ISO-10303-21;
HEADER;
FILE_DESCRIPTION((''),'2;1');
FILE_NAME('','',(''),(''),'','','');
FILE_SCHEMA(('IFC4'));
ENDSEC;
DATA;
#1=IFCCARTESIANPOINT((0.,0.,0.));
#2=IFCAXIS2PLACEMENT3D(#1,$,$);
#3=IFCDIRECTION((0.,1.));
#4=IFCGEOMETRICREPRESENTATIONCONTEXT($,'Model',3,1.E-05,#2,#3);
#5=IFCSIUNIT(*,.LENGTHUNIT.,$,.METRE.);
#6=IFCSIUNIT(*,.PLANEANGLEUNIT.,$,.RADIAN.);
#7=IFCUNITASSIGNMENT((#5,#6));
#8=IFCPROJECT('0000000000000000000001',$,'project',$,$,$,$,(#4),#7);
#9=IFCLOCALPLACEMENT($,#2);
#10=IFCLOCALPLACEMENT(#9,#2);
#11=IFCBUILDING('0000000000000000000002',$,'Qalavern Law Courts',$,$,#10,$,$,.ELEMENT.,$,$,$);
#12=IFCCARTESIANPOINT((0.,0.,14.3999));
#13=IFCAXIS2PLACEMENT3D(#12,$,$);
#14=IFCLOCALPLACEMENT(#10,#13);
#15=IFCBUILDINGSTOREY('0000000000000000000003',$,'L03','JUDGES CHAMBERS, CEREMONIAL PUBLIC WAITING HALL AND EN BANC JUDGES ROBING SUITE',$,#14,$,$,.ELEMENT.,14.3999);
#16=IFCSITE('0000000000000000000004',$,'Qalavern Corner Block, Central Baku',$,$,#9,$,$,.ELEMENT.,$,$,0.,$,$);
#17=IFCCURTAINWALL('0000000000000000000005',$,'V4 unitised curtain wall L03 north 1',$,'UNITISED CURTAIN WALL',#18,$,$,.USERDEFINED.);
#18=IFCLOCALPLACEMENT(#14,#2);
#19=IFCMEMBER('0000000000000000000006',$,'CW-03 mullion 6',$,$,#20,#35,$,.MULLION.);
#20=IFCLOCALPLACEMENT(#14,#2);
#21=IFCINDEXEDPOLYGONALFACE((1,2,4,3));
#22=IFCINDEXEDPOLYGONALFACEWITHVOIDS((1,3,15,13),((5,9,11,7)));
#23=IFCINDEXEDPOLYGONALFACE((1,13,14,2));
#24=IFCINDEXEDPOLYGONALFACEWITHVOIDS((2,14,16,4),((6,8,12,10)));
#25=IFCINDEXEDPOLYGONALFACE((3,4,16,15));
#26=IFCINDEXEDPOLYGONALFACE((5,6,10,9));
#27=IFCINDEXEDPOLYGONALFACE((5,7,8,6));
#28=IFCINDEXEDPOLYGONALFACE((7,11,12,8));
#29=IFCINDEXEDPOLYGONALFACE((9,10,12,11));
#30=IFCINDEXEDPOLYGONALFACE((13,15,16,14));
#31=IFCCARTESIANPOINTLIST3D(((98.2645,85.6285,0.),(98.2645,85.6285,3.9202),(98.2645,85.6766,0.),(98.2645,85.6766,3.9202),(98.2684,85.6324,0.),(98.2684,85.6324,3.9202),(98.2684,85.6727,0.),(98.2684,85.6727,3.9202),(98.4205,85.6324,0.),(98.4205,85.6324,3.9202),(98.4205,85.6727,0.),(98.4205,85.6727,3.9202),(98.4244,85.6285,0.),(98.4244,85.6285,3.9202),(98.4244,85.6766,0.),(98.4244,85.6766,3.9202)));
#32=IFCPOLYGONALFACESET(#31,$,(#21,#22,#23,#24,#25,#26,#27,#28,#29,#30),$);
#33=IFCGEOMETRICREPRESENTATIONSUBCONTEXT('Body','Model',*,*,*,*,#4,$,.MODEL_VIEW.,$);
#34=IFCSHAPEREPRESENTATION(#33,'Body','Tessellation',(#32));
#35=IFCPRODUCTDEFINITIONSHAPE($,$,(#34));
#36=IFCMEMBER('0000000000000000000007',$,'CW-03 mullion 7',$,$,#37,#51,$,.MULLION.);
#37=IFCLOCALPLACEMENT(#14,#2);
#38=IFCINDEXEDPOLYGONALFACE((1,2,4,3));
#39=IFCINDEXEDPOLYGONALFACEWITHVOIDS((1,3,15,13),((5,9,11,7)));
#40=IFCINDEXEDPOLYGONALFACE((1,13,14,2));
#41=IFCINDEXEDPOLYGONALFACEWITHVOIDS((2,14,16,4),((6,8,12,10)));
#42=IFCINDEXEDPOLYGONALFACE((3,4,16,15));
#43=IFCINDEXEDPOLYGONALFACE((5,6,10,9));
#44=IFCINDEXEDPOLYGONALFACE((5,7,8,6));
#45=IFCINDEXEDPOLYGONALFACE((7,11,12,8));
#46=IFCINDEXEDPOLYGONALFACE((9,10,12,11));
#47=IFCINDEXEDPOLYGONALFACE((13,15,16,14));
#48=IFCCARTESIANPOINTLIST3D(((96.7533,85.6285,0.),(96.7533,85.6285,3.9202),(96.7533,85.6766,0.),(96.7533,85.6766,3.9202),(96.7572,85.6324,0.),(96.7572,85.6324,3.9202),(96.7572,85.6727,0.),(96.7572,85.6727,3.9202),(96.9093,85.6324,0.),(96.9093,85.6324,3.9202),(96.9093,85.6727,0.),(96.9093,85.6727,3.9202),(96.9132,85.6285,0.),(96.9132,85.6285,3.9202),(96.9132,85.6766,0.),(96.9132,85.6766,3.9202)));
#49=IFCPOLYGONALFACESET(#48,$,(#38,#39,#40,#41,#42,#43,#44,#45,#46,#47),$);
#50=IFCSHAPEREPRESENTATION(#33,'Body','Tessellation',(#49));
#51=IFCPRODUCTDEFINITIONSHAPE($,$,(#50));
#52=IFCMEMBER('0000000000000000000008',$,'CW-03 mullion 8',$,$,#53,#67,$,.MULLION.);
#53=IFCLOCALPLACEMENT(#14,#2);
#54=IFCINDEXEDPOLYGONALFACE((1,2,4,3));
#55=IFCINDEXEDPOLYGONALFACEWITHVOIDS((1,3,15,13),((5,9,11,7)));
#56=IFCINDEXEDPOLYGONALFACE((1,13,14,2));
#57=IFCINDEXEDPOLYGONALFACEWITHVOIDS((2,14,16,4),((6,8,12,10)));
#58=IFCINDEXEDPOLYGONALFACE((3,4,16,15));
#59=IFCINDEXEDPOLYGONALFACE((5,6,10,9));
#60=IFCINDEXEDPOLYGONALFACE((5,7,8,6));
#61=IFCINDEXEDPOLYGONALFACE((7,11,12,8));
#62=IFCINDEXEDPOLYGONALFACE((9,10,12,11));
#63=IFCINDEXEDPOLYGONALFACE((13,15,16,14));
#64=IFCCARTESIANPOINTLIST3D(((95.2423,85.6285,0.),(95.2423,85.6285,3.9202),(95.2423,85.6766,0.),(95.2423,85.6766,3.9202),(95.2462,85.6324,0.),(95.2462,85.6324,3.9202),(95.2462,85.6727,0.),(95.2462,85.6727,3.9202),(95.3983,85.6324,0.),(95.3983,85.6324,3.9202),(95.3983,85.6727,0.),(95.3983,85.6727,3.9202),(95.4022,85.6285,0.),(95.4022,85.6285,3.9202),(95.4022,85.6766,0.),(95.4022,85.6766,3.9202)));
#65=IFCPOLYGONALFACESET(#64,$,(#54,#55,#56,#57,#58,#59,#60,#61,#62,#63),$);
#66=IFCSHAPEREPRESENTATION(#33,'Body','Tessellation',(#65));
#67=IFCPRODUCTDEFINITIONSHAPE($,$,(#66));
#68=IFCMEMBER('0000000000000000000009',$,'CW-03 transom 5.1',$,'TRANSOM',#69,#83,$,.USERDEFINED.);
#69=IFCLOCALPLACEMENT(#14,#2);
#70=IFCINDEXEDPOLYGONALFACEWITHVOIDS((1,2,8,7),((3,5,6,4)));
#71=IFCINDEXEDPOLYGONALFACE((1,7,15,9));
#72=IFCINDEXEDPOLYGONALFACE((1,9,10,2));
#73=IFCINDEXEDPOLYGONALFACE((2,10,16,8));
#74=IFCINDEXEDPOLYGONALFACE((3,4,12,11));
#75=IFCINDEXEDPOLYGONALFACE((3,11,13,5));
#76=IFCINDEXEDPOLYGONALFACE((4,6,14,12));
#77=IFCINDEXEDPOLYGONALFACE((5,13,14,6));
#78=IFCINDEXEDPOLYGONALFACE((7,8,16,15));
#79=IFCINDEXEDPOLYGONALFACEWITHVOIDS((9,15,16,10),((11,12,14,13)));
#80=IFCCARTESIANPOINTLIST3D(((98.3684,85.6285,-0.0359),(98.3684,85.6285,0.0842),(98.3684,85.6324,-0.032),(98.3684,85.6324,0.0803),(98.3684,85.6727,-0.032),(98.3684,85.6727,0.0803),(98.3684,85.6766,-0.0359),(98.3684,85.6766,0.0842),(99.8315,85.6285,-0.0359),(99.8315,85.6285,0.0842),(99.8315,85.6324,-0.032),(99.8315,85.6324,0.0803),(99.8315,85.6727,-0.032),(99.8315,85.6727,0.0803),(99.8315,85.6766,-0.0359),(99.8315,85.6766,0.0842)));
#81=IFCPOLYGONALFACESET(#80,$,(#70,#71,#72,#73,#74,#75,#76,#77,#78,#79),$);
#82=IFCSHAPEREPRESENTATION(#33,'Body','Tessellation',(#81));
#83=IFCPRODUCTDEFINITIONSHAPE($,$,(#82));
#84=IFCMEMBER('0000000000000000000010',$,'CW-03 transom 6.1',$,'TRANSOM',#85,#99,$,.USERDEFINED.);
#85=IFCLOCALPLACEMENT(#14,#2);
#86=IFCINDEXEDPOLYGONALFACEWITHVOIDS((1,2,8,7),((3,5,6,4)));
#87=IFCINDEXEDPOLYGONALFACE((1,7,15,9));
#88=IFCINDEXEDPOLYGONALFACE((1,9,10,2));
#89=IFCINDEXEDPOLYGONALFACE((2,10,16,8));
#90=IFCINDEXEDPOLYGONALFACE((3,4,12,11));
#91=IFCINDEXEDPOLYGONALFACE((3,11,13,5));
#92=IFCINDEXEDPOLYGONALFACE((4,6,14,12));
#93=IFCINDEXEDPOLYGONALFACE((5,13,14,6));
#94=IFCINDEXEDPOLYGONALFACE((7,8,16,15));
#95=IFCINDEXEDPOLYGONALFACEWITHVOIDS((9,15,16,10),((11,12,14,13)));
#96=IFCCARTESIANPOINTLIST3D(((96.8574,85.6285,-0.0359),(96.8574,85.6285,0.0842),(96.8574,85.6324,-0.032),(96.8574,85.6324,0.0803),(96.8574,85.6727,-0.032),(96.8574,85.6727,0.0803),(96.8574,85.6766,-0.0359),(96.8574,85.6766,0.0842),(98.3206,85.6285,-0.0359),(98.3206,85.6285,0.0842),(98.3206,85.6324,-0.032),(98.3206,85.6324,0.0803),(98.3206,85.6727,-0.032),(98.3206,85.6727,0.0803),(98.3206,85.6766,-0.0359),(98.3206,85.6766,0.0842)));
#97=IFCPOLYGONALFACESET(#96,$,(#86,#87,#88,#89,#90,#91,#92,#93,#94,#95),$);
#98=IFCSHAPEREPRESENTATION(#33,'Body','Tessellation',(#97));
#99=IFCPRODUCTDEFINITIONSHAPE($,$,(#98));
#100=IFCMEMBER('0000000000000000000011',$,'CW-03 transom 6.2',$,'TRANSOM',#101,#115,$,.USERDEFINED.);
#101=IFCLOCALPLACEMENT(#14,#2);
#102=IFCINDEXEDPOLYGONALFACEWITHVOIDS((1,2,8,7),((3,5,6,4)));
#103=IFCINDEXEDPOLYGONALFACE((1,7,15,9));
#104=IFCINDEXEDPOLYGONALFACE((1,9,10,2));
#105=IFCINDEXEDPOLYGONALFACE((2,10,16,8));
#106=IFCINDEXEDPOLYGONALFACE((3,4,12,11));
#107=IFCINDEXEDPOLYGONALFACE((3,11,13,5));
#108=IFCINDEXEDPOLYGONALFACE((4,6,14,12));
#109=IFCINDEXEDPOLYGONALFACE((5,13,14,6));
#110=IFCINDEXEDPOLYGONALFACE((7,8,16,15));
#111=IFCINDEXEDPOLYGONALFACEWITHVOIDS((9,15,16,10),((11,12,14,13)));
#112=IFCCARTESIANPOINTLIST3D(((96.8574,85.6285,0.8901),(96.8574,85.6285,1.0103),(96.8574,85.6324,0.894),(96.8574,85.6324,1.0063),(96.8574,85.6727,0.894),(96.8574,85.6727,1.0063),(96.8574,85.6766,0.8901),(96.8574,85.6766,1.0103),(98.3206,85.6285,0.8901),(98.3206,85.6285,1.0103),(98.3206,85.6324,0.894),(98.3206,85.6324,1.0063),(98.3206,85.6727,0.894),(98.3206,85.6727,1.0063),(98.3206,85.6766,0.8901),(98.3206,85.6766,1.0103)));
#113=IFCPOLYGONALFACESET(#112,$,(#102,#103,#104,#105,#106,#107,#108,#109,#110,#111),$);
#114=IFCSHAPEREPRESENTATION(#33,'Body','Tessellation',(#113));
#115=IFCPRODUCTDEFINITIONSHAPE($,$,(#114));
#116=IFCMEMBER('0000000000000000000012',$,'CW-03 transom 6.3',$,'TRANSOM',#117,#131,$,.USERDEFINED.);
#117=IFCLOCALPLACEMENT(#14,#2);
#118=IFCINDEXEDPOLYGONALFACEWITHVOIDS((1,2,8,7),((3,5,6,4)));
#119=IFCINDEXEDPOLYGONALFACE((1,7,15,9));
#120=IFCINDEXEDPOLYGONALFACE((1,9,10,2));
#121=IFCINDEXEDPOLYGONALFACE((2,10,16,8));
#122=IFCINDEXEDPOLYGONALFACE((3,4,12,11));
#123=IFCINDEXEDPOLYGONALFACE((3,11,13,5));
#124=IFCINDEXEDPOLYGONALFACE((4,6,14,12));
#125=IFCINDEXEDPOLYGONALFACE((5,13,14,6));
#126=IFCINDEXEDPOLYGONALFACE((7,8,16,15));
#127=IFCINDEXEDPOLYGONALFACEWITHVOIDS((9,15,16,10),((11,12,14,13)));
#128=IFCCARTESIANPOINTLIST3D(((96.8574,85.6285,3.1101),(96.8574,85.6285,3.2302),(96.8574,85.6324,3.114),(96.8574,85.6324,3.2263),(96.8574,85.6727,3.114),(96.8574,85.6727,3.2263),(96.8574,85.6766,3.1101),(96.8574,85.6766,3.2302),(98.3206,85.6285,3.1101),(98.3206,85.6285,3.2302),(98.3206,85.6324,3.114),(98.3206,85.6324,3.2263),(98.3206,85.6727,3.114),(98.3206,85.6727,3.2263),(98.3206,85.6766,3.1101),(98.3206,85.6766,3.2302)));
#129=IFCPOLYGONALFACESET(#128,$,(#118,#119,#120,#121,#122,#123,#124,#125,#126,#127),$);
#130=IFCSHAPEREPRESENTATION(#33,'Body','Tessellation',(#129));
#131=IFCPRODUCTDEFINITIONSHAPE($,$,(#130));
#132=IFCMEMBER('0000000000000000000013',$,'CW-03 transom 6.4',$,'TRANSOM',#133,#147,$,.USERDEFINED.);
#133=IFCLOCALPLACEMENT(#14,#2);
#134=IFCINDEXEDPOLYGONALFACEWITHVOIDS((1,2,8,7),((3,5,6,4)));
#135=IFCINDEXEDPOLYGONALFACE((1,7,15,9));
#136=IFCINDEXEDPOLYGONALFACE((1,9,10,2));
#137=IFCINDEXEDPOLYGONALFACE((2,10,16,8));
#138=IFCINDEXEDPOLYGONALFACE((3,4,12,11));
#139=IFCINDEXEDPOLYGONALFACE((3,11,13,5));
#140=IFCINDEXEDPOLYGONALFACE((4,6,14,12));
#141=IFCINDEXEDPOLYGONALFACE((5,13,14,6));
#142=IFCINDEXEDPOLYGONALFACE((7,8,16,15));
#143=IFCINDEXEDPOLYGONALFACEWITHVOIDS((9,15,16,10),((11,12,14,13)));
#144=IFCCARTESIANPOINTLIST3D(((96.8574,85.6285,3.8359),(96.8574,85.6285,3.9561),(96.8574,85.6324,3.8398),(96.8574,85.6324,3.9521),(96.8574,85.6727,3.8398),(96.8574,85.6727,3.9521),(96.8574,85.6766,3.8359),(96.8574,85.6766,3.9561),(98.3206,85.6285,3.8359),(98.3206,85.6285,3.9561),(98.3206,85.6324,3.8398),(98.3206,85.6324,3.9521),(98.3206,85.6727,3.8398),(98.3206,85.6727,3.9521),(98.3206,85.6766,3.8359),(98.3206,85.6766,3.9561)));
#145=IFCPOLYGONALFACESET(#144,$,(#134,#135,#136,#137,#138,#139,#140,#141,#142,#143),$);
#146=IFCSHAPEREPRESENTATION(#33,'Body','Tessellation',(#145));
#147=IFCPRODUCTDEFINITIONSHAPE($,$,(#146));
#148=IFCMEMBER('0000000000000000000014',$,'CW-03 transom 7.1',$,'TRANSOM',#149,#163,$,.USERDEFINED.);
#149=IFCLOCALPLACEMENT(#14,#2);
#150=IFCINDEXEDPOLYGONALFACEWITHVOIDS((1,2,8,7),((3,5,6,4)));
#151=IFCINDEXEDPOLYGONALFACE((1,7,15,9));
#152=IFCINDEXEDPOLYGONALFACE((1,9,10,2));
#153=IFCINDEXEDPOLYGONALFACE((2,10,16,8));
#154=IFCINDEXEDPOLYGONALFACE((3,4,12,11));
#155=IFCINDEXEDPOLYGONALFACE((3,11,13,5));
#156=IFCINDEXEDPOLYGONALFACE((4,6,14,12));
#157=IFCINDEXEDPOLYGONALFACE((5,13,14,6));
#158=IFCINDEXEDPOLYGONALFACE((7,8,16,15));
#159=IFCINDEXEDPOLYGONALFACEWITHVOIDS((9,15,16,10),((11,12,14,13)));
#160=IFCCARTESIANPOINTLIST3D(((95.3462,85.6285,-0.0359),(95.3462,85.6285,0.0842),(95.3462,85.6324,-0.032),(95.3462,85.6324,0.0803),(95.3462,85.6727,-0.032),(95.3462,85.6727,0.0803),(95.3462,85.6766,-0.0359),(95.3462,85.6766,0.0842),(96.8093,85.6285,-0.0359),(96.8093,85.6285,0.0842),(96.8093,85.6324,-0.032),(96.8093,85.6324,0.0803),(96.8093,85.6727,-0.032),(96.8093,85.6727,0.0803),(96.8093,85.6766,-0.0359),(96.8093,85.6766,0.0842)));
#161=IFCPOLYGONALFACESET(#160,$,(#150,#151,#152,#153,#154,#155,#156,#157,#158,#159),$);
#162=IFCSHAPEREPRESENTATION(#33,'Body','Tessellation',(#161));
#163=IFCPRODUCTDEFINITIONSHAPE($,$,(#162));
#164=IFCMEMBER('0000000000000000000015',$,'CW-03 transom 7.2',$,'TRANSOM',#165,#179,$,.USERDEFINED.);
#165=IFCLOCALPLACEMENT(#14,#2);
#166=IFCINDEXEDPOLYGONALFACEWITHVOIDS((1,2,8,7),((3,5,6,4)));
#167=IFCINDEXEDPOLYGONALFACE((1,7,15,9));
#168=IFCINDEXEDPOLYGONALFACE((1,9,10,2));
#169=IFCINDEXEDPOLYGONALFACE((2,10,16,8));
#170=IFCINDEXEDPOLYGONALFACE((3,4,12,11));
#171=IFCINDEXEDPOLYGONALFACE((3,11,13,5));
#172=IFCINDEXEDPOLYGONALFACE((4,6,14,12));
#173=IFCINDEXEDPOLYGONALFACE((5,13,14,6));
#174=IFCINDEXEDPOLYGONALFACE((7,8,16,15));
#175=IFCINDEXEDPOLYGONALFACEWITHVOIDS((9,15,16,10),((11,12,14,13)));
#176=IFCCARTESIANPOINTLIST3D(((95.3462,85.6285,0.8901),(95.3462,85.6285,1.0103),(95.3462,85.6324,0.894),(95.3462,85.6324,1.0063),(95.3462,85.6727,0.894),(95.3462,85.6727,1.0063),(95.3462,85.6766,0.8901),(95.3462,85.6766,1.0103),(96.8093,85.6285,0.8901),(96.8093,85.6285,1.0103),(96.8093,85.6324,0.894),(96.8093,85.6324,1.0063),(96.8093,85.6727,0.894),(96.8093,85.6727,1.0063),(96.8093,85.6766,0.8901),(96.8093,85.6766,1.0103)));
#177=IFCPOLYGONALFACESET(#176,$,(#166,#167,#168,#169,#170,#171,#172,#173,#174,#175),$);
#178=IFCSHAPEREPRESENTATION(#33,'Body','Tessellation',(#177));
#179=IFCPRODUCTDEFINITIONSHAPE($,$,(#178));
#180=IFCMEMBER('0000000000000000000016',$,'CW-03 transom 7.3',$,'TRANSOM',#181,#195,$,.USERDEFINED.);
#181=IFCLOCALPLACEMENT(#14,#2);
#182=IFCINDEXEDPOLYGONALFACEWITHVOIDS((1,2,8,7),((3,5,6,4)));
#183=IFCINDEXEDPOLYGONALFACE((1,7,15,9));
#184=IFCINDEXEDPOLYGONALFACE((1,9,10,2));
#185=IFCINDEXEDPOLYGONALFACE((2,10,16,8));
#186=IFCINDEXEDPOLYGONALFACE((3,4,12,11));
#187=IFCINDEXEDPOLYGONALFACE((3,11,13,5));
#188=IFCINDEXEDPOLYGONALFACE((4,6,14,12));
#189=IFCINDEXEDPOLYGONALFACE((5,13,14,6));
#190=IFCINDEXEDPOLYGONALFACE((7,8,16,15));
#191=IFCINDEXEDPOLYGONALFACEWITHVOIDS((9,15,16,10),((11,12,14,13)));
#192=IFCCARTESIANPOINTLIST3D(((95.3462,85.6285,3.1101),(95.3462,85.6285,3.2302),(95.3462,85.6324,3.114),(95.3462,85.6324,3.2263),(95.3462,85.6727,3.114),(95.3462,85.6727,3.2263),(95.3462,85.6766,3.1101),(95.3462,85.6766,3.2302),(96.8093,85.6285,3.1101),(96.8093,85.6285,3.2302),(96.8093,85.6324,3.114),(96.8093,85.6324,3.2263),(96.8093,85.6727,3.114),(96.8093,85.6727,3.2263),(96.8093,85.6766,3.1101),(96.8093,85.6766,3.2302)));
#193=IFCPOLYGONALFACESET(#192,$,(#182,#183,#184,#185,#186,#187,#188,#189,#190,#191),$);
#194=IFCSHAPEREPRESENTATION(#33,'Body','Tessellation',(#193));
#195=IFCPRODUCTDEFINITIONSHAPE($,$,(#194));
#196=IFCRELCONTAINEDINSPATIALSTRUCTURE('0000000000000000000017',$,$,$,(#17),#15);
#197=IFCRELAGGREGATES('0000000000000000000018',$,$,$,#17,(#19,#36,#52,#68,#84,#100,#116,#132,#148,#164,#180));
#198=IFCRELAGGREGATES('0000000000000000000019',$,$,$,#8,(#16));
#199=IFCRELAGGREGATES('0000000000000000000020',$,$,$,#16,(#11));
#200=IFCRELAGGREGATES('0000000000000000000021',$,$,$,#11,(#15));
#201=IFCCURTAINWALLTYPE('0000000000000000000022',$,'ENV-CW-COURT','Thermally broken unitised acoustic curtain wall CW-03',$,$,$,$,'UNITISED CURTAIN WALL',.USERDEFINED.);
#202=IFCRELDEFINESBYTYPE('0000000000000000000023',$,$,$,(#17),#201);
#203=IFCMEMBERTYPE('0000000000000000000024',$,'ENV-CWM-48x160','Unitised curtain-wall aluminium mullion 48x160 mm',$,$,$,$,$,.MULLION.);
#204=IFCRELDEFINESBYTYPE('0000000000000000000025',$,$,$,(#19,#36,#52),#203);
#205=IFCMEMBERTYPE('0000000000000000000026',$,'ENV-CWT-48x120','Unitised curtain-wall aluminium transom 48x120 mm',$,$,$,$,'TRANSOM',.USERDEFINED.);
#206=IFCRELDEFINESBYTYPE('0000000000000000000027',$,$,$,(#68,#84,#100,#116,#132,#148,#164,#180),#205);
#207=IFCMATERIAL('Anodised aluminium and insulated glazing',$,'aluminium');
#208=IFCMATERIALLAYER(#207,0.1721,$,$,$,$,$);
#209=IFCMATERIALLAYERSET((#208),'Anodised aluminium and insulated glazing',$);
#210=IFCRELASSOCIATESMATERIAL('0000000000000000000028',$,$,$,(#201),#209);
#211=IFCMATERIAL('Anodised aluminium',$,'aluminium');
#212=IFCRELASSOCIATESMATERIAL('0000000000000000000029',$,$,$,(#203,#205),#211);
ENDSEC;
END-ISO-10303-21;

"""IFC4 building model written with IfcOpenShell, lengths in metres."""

from ifc_helpers import new_model, si_unit, direction, frame, origin, origin_2d, place, context, subcontext, project, spatial, hollow_rectangle, extrude, material, layer, layer_set, material_profile, profile_set, type_object, element, aggregate, save


model = new_model("IFC4")

# Units and contexts
model_context = context("Model", 3, precision=1e-05, world=origin(), true_north=direction((0.0, 1.0)))
body_context = subcontext(model_context, "Body", "Model", "MODEL_VIEW")
ifc_project = project(units=[si_unit("LENGTHUNIT", "METRE"), si_unit("PLANEANGLEUNIT", "RADIAN")], contexts=[model_context])

# Site, building, storey
site_placement = place(None, origin())
site = spatial("IfcSite", under=ifc_project, at=site_placement, Name="Qalavern Corner Block, Central Baku", CompositionType="ELEMENT", RefElevation=0.0)
building_placement = place(site_placement, origin())
building = spatial("IfcBuilding", under=site, at=building_placement, Name="Qalavern Law Courts", CompositionType="ELEMENT")
storey_placement = place(building_placement, frame((0.0, 0.0, 14.3999)))
storey = spatial("IfcBuildingStorey", under=building, at=storey_placement, Name="L03", Description="JUDGES CHAMBERS, CEREMONIAL PUBLIC WAITING HALL AND EN BANC JUDGES ROBING SUITE", CompositionType="ELEMENT", Elevation=14.3999)

# Curtain wall, members
ifc_material_1 = material(Name="Anodised aluminium and insulated glazing", Category="aluminium")
ifc_layer_1 = layer(ifc_material_1, 0.1721)
ifc_layer_set_1 = layer_set([ifc_layer_1], Name="Anodised aluminium and insulated glazing")
curtain_wall_type = type_object("IfcCurtainWallType", Name="ENV-CW-COURT", Description="Thermally broken unitised acoustic curtain wall CW-03", ElementType="UNITISED CURTAIN WALL", PredefinedType="USERDEFINED", material=ifc_layer_set_1)
curtain_wall_placement = place(storey_placement, origin())
curtain_wall = element("IfcCurtainWall", 1, at=curtain_wall_placement, inside=storey, type_object=curtain_wall_type, Name="V4 unitised curtain wall L03 north 1", ObjectType="UNITISED CURTAIN WALL", PredefinedType="USERDEFINED")
ifc_material_2 = material(Name="Anodised aluminium", Category="aluminium")
ifc_material_profile_1 = material_profile(ifc_material_2, hollow_rectangle(XDim=0.0481, YDim=0.1599, WallThickness=0.0039, at=origin_2d()), Name="ALU MULLION 48x160")
ifc_profile_set_1 = profile_set([ifc_material_profile_1], Name="Anodised aluminium")
member_type_1 = type_object("IfcMemberType", Name="ENV-CWM-48x160", Description="Unitised curtain-wall aluminium mullion 48x160 mm", PredefinedType="MULLION", material=ifc_profile_set_1)
member_1_placement = place(storey_placement, frame((98.3445, 85.6526, 0.0), z_axis=(0.0, 0.0, 1.0), x_axis=(0.0, -1.0, 0.0)))
member_1 = element("IfcMember", 2, at=member_1_placement, type_object=member_type_1, Name="CW-03 mullion 6", PredefinedType="MULLION", context=body_context, shape_type="SweptSolid", body=[
    extrude(hollow_rectangle(XDim=0.0481, YDim=0.1599, WallThickness=0.0039, at=origin_2d()), origin(), (0.0, 0.0, 1.0), 3.9202),
])
member_2_placement = place(storey_placement, frame((96.8333, 85.6526, 0.0), z_axis=(0.0, 0.0, 1.0), x_axis=(0.0, -1.0, 0.0)))
member_2 = element("IfcMember", 3, at=member_2_placement, type_object=member_type_1, Name="CW-03 mullion 7", PredefinedType="MULLION", context=body_context, shape_type="SweptSolid", body=[
    extrude(hollow_rectangle(XDim=0.0481, YDim=0.1599, WallThickness=0.0039, at=origin_2d()), origin(), (0.0, 0.0, 1.0), 3.9202),
])
member_3_placement = place(storey_placement, frame((95.3223, 85.6526, 0.0), z_axis=(0.0, 0.0, 1.0), x_axis=(0.0, -1.0, 0.0)))
member_3 = element("IfcMember", 4, at=member_3_placement, type_object=member_type_1, Name="CW-03 mullion 8", PredefinedType="MULLION", context=body_context, shape_type="SweptSolid", body=[
    extrude(hollow_rectangle(XDim=0.0481, YDim=0.1599, WallThickness=0.0039, at=origin_2d()), origin(), (0.0, 0.0, 1.0), 3.9202),
])
ifc_material_profile_2 = material_profile(ifc_material_2, hollow_rectangle(XDim=0.0481, YDim=0.1201, WallThickness=0.0039, at=origin_2d()), Name="ALU TRANSOM 48x120")
ifc_profile_set_2 = profile_set([ifc_material_profile_2], Name="Anodised aluminium")
member_type_2 = type_object("IfcMemberType", Name="ENV-CWT-48x120", Description="Unitised curtain-wall aluminium transom 48x120 mm", ElementType="TRANSOM", PredefinedType="USERDEFINED", material=ifc_profile_set_2)
member_4_placement = place(storey_placement, frame((99.8315, 85.6526, 0.0242), z_axis=(-1.0, 0.0, 0.0), x_axis=(0.0, -1.0, 0.0)))
member_4 = element("IfcMember", 5, at=member_4_placement, type_object=member_type_2, Name="CW-03 transom 5.1", ObjectType="TRANSOM", PredefinedType="USERDEFINED", context=body_context, shape_type="SweptSolid", body=[
    extrude(hollow_rectangle(XDim=0.0481, YDim=0.1201, WallThickness=0.0039, at=origin_2d()), origin(), (0.0, 0.0, 1.0), 1.4631),
])
member_5_placement = place(storey_placement, frame((98.3206, 85.6526, 0.0242), z_axis=(-1.0, 0.0, 0.0), x_axis=(0.0, -1.0, 0.0)))
member_5 = element("IfcMember", 6, at=member_5_placement, type_object=member_type_2, Name="CW-03 transom 6.1", ObjectType="TRANSOM", PredefinedType="USERDEFINED", context=body_context, shape_type="SweptSolid", body=[
    extrude(hollow_rectangle(XDim=0.0481, YDim=0.1201, WallThickness=0.0039, at=origin_2d()), origin(), (0.0, 0.0, 1.0), 1.4631),
])
member_6_placement = place(storey_placement, frame((98.3206, 85.6526, 0.9502), z_axis=(-1.0, 0.0, 0.0), x_axis=(0.0, -1.0, 0.0)))
member_6 = element("IfcMember", 7, at=member_6_placement, type_object=member_type_2, Name="CW-03 transom 6.2", ObjectType="TRANSOM", PredefinedType="USERDEFINED", context=body_context, shape_type="SweptSolid", body=[
    extrude(hollow_rectangle(XDim=0.0481, YDim=0.1201, WallThickness=0.0039, at=origin_2d()), origin(), (0.0, 0.0, 1.0), 1.4631),
])
member_7_placement = place(storey_placement, frame((98.3206, 85.6526, 3.1702), z_axis=(-1.0, 0.0, 0.0), x_axis=(0.0, -1.0, 0.0)))
member_7 = element("IfcMember", 8, at=member_7_placement, type_object=member_type_2, Name="CW-03 transom 6.3", ObjectType="TRANSOM", PredefinedType="USERDEFINED", context=body_context, shape_type="SweptSolid", body=[
    extrude(hollow_rectangle(XDim=0.0481, YDim=0.1201, WallThickness=0.0039, at=origin_2d()), origin(), (0.0, 0.0, 1.0), 1.4631),
])
member_8_placement = place(storey_placement, frame((98.3206, 85.6526, 3.896), z_axis=(-1.0, 0.0, 0.0), x_axis=(0.0, -1.0, 0.0)))
member_8 = element("IfcMember", 9, at=member_8_placement, type_object=member_type_2, Name="CW-03 transom 6.4", ObjectType="TRANSOM", PredefinedType="USERDEFINED", context=body_context, shape_type="SweptSolid", body=[
    extrude(hollow_rectangle(XDim=0.0481, YDim=0.1201, WallThickness=0.0039, at=origin_2d()), origin(), (0.0, 0.0, 1.0), 1.4631),
])
member_9_placement = place(storey_placement, frame((96.8093, 85.6526, 0.0242), z_axis=(-1.0, 0.0, 0.0), x_axis=(0.0, -1.0, 0.0)))
member_9 = element("IfcMember", 10, at=member_9_placement, type_object=member_type_2, Name="CW-03 transom 7.1", ObjectType="TRANSOM", PredefinedType="USERDEFINED", context=body_context, shape_type="SweptSolid", body=[
    extrude(hollow_rectangle(XDim=0.0481, YDim=0.1201, WallThickness=0.0039, at=origin_2d()), origin(), (0.0, 0.0, 1.0), 1.4631),
])
member_10_placement = place(storey_placement, frame((96.8093, 85.6526, 0.9502), z_axis=(-1.0, 0.0, 0.0), x_axis=(0.0, -1.0, 0.0)))
member_10 = element("IfcMember", 11, at=member_10_placement, type_object=member_type_2, Name="CW-03 transom 7.2", ObjectType="TRANSOM", PredefinedType="USERDEFINED", context=body_context, shape_type="SweptSolid", body=[
    extrude(hollow_rectangle(XDim=0.0481, YDim=0.1201, WallThickness=0.0039, at=origin_2d()), origin(), (0.0, 0.0, 1.0), 1.4631),
])
member_11_placement = place(storey_placement, frame((96.8093, 85.6526, 3.1702), z_axis=(-1.0, 0.0, 0.0), x_axis=(0.0, -1.0, 0.0)))
member_11 = element("IfcMember", 12, at=member_11_placement, type_object=member_type_2, Name="CW-03 transom 7.3", ObjectType="TRANSOM", PredefinedType="USERDEFINED", context=body_context, shape_type="SweptSolid", body=[
    extrude(hollow_rectangle(XDim=0.0481, YDim=0.1201, WallThickness=0.0039, at=origin_2d()), origin(), (0.0, 0.0, 1.0), 1.4631),
])
aggregate(curtain_wall, [member_1, member_2, member_3, member_4, member_5, member_6, member_7, member_8, member_9, member_10, member_11])

save(model, "model.ifc")
